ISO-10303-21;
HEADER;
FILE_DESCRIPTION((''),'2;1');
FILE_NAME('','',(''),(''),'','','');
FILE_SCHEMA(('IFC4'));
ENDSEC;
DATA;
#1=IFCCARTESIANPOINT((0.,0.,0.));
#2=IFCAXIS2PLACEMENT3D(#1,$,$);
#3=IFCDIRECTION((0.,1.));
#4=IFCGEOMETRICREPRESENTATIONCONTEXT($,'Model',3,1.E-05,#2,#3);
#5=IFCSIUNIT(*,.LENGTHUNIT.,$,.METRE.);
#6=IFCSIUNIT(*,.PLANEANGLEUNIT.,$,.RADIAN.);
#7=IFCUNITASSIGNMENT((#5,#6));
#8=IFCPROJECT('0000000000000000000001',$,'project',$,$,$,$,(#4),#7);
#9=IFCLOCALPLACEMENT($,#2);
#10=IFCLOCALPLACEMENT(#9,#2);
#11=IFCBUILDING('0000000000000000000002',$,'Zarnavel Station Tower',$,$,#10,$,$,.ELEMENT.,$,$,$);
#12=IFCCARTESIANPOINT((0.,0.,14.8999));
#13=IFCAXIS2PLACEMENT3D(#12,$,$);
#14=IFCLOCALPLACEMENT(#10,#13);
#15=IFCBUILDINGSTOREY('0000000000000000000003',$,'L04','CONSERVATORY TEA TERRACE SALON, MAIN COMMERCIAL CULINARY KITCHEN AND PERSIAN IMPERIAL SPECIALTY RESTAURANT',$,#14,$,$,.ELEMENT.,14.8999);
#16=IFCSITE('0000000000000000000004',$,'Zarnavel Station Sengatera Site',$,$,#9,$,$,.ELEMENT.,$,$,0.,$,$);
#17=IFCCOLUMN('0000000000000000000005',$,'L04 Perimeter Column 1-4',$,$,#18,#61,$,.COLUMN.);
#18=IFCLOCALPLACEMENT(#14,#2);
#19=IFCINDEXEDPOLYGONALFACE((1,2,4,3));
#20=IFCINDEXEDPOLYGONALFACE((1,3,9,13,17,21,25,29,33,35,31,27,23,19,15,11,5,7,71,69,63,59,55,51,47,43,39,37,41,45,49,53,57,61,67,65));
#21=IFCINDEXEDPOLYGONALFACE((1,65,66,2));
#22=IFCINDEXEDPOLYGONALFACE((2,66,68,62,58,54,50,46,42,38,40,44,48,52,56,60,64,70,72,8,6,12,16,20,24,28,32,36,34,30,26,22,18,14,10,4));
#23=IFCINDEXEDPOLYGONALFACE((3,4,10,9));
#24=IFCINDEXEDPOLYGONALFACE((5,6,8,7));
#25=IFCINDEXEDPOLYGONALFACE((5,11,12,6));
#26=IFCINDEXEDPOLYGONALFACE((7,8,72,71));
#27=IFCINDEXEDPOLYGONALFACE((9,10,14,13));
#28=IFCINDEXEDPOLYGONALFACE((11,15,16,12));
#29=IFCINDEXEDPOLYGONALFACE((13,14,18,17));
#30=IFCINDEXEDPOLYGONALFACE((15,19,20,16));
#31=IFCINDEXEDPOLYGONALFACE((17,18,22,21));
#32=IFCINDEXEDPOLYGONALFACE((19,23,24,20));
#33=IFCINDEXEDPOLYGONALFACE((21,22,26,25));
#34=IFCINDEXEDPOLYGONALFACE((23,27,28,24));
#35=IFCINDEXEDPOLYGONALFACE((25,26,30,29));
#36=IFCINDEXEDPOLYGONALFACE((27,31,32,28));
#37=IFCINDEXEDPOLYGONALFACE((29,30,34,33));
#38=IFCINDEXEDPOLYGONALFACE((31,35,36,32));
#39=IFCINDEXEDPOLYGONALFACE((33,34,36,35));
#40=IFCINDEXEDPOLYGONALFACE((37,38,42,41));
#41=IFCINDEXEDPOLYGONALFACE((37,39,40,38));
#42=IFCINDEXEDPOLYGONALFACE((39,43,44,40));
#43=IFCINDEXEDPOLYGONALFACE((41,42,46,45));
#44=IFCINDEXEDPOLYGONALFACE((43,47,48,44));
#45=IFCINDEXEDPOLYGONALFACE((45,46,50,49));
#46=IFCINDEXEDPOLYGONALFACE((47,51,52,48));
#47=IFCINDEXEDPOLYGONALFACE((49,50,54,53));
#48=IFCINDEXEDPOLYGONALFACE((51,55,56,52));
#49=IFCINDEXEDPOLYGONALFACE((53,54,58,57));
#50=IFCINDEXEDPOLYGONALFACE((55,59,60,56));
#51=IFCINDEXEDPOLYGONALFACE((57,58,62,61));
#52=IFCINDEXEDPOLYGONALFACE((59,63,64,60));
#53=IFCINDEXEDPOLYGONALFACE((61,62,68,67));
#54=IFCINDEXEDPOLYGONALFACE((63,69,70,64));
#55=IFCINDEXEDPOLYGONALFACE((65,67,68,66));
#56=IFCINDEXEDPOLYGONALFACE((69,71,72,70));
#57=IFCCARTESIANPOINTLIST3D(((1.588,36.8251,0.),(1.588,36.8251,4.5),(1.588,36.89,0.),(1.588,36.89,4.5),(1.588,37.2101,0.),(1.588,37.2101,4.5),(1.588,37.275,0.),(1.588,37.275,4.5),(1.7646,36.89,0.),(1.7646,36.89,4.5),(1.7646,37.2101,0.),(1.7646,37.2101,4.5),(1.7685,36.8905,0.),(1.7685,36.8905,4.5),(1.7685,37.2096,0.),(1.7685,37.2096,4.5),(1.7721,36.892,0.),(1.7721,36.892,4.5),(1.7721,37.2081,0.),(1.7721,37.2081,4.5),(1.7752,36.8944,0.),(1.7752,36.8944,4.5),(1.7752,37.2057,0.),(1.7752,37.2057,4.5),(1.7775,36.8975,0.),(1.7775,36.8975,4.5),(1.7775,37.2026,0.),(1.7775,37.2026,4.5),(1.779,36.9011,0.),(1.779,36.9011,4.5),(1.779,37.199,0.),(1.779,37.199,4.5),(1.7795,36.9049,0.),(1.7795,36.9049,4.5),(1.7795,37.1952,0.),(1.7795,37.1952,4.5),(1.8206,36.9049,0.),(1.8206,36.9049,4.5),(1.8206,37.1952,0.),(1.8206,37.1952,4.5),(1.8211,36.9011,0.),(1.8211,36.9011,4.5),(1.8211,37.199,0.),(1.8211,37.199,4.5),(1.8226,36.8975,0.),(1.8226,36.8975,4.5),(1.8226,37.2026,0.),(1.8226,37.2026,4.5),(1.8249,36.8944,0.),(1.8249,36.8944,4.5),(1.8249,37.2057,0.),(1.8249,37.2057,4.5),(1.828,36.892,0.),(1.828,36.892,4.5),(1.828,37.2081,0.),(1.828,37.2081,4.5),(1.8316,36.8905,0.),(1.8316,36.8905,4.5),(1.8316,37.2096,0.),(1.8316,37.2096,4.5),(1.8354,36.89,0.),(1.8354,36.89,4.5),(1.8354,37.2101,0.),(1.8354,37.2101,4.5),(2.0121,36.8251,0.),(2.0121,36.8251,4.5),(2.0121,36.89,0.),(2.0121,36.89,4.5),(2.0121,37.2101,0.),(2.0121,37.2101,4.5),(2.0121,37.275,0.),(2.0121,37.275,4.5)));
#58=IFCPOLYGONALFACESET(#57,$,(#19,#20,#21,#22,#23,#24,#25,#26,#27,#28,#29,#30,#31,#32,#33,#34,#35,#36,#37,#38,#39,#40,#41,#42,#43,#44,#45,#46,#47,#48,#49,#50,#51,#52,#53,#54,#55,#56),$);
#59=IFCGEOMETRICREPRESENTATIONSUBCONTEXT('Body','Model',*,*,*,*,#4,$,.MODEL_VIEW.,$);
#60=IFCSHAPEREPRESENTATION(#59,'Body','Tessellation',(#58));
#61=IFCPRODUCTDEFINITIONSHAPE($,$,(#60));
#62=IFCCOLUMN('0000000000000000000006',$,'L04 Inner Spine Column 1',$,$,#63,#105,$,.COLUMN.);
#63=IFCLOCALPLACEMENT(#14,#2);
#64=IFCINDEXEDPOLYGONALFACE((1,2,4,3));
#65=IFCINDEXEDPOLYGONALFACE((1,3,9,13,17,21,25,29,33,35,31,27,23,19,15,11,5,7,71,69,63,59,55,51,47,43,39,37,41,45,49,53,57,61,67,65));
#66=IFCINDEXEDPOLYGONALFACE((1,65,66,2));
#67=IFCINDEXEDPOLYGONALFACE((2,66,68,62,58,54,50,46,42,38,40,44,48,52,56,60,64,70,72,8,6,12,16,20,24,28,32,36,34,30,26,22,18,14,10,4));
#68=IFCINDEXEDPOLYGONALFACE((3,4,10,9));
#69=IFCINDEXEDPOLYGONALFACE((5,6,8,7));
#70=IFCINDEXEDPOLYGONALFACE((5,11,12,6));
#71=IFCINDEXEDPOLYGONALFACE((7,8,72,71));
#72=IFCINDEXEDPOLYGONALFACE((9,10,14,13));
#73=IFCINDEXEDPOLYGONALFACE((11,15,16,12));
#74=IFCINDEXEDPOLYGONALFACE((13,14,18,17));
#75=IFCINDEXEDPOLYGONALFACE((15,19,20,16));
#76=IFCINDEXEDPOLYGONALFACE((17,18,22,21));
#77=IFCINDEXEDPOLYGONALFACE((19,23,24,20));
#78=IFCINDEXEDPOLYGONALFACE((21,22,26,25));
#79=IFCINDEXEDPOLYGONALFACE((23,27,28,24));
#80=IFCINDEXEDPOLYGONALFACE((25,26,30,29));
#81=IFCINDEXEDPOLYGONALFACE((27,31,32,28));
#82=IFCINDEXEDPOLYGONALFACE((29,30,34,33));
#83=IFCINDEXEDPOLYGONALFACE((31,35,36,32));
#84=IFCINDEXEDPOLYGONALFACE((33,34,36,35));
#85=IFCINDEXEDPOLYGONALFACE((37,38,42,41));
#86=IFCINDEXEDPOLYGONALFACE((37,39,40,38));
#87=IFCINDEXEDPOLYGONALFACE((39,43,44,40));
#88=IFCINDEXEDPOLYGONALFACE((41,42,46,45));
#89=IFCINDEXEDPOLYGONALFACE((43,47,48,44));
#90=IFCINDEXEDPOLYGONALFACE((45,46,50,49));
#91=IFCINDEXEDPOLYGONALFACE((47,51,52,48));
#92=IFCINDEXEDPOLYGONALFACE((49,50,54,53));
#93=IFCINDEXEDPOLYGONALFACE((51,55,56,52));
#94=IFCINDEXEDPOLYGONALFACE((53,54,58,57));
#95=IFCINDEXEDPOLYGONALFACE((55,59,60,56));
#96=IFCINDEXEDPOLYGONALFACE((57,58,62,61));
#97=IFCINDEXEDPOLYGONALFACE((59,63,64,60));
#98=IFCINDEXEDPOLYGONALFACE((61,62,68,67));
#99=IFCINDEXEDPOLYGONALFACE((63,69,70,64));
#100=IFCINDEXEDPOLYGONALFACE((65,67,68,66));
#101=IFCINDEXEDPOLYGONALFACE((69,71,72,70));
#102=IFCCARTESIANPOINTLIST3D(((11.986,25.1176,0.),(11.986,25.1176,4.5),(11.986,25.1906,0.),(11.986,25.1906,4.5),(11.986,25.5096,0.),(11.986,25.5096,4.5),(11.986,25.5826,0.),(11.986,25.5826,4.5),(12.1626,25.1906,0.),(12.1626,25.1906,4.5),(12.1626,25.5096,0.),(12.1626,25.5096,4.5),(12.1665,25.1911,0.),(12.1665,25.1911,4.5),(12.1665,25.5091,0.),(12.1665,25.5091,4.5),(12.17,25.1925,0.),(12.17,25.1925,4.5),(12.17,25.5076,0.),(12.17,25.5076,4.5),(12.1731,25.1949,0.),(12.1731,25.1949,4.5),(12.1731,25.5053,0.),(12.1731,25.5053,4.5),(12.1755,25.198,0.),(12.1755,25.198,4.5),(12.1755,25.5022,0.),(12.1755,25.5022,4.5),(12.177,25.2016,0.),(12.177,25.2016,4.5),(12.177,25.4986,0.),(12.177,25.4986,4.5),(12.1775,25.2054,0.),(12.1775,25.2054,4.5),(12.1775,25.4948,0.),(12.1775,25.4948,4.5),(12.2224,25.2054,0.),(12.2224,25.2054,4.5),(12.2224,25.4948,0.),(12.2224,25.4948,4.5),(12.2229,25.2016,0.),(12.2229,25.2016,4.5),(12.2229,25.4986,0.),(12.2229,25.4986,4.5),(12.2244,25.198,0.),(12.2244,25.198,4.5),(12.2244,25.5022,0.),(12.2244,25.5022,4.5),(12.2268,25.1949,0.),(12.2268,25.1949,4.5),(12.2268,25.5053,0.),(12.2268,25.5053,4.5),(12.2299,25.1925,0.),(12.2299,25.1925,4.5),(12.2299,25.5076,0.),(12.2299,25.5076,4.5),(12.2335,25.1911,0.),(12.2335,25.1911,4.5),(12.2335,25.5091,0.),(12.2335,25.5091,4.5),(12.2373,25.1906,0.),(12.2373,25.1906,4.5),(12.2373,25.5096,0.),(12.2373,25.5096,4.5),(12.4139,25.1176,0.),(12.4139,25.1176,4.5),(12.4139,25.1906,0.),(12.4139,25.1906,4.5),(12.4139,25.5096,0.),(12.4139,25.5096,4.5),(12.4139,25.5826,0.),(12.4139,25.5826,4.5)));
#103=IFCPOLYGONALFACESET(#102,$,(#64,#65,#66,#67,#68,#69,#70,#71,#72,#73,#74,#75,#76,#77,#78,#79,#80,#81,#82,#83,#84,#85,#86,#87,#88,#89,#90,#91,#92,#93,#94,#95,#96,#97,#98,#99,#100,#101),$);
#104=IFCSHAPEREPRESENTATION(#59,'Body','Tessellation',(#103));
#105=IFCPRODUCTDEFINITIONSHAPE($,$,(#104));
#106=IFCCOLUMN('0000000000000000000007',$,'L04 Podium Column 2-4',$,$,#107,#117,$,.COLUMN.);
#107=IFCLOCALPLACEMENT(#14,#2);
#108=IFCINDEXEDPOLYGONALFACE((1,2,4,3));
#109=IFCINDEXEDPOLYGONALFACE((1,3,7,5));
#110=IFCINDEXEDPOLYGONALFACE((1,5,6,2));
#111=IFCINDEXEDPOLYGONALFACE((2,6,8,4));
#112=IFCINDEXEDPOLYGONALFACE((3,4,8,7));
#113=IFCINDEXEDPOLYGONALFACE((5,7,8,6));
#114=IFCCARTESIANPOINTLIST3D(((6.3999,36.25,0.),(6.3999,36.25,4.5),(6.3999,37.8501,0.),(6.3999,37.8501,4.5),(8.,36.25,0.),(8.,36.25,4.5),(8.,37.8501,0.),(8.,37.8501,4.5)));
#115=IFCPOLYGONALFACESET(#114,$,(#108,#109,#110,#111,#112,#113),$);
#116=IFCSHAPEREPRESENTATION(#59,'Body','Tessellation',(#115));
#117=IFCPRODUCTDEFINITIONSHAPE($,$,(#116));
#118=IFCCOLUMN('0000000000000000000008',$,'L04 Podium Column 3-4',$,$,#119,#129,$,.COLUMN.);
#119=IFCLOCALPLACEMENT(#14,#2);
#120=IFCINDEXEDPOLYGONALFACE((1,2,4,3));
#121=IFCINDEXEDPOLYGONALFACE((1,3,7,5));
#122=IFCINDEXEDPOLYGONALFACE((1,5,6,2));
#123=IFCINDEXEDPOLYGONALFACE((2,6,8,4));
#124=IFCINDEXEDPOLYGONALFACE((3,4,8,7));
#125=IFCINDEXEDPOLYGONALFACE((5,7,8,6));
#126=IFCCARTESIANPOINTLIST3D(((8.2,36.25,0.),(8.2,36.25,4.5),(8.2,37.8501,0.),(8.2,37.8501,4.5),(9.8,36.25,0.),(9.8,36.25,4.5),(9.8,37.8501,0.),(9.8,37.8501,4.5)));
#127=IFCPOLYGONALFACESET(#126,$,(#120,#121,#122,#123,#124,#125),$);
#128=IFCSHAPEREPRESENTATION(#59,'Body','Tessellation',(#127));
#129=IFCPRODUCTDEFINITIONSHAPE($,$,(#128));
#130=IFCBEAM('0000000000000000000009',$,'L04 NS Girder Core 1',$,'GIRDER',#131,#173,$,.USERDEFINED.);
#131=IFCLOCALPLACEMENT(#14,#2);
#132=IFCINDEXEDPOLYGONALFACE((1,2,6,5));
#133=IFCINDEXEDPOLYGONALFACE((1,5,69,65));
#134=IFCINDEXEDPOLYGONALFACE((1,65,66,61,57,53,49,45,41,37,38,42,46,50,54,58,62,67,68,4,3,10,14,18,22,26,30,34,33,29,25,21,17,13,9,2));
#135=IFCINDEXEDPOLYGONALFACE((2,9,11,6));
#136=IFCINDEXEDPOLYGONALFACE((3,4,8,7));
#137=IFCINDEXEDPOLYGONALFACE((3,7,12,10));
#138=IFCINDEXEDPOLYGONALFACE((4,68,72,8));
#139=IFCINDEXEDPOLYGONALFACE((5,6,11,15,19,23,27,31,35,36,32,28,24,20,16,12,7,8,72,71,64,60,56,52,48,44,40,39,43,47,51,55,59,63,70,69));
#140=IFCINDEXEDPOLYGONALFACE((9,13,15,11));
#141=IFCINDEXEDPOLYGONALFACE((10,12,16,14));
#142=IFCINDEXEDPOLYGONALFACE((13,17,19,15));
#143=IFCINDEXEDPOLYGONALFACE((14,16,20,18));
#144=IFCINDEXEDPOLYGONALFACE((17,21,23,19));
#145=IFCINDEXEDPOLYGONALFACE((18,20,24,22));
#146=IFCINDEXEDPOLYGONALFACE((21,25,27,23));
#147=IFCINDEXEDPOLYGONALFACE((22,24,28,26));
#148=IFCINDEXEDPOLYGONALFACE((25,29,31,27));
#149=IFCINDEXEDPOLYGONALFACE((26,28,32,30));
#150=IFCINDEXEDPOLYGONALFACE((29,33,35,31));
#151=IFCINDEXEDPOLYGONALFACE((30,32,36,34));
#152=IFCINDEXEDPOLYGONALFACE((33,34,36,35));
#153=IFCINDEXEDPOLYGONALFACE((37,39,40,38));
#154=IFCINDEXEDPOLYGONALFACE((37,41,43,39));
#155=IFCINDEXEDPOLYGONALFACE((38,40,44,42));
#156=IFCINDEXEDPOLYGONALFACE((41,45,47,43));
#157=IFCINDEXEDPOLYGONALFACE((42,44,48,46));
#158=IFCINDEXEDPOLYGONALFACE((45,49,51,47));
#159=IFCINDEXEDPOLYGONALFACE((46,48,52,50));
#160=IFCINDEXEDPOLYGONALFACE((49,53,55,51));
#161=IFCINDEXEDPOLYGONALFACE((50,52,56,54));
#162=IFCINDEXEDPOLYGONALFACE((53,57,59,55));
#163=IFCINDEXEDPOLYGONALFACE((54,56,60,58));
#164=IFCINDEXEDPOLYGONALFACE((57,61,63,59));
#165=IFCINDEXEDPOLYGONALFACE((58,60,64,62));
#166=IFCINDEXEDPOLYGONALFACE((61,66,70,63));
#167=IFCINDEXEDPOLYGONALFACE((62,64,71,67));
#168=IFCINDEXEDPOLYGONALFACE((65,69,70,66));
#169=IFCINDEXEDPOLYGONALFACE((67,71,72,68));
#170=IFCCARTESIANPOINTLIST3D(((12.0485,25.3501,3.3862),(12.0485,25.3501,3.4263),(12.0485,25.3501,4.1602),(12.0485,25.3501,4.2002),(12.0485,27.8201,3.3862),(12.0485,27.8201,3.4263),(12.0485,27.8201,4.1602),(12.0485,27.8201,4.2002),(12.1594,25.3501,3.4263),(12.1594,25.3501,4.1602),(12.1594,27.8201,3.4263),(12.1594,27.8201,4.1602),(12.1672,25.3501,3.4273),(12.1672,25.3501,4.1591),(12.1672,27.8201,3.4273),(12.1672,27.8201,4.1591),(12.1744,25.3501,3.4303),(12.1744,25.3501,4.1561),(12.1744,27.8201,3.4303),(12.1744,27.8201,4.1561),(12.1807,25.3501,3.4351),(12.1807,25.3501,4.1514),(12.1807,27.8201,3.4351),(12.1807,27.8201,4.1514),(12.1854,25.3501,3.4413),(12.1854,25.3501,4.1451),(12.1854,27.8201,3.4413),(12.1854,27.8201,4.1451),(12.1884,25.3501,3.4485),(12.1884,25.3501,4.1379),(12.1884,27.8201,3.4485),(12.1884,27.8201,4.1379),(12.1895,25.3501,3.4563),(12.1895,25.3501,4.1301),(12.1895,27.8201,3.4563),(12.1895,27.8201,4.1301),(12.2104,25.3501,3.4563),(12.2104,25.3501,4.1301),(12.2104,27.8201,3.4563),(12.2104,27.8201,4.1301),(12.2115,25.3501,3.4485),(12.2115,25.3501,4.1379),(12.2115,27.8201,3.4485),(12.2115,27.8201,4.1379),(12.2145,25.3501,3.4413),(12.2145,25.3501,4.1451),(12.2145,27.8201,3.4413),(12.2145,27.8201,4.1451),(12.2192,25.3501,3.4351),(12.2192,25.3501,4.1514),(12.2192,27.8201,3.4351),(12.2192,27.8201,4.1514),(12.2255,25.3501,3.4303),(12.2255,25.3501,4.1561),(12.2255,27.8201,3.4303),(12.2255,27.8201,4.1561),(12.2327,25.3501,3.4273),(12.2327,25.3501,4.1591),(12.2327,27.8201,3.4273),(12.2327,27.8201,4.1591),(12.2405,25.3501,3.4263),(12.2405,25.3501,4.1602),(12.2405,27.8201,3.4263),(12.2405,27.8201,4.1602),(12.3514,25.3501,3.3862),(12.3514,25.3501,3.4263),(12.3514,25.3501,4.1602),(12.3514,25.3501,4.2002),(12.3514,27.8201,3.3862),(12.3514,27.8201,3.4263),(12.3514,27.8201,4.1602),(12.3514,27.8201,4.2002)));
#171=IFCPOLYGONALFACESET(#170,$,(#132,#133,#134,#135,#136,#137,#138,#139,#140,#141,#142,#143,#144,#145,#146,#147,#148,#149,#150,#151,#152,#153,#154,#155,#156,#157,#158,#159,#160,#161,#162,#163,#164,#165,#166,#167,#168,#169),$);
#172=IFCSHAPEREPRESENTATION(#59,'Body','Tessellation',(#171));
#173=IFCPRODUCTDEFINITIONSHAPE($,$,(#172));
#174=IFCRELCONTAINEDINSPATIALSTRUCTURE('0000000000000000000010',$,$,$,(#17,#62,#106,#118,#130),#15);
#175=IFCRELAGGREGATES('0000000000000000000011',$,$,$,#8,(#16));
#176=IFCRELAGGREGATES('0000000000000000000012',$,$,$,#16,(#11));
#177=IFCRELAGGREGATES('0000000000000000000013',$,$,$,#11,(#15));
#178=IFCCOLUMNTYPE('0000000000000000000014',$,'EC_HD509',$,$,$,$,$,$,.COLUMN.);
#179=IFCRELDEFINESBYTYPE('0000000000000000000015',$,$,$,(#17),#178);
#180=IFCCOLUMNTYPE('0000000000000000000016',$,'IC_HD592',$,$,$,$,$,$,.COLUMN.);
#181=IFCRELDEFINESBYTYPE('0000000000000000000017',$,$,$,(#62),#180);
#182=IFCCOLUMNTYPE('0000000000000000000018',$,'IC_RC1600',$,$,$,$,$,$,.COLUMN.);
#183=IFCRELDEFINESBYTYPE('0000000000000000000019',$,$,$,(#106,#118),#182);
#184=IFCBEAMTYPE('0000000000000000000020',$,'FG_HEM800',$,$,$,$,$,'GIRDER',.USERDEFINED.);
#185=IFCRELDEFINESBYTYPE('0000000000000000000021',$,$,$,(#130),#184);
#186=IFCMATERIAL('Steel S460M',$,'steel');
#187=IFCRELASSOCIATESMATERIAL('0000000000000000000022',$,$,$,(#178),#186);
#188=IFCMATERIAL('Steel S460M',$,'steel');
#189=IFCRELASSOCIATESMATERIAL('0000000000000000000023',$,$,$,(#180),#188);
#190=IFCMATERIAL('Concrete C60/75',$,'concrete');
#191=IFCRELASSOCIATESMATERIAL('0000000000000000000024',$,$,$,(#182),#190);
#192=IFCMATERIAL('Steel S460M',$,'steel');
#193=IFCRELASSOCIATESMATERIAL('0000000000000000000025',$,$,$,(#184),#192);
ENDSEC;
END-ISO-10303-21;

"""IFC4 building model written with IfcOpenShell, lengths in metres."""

from ifc_helpers import new_model, si_unit, direction, frame, origin, origin_2d, place, context, subcontext, project, spatial, rectangle, i_section, extrude, material, material_profile, profile_set, type_object, element, save


model = new_model("IFC4")

# Units and contexts
model_context = context("Model", 3, precision=1e-05, world=origin(), true_north=direction((0.0, 1.0)))
body_context = subcontext(model_context, "Body", "Model", "MODEL_VIEW")
ifc_project = project(units=[si_unit("LENGTHUNIT", "METRE"), si_unit("PLANEANGLEUNIT", "RADIAN")], contexts=[model_context])

# Site, building, storey
site_placement = place(None, origin())
site = spatial("IfcSite", under=ifc_project, at=site_placement, Name="Zarnavel Station Sengatera Site", CompositionType="ELEMENT", RefElevation=0.0)
building_placement = place(site_placement, origin())
building = spatial("IfcBuilding", under=site, at=building_placement, Name="Zarnavel Station Tower", CompositionType="ELEMENT")
storey_placement = place(building_placement, frame((0.0, 0.0, 14.8999)))
storey = spatial("IfcBuildingStorey", under=building, at=storey_placement, Name="L04", Description="CONSERVATORY TEA TERRACE SALON, MAIN COMMERCIAL CULINARY KITCHEN AND PERSIAN IMPERIAL SPECIALTY RESTAURANT", CompositionType="ELEMENT", Elevation=14.8999)

# Columns
ifc_material_1 = material(Name="Steel S460M", Category="steel")
ifc_material_profile_1 = material_profile(ifc_material_1, i_section(OverallWidth=0.4241, OverallDepth=0.45, WebThickness=0.041, FlangeThickness=0.0649, FilletRadius=0.0149, at=origin_2d()), Name="HD400x509")
ifc_profile_set_1 = profile_set([ifc_material_profile_1], Name="Steel S460M")
column_type_1 = type_object("IfcColumnType", Name="EC_HD509", PredefinedType="COLUMN", material=ifc_profile_set_1)
column_1_placement = place(storey_placement, frame((1.8, 37.05, 0.0), z_axis=(0.0, 0.0, 1.0), x_axis=(1.0, 0.0, 0.0)))
element("IfcColumn", 1, at=column_1_placement, inside=storey, type_object=column_type_1, Name="L04 Perimeter Column 1-4", PredefinedType="COLUMN", context=body_context, shape_type="SweptSolid", body=[
    extrude(i_section(OverallWidth=0.4241, OverallDepth=0.45, WebThickness=0.041, FlangeThickness=0.0649, FilletRadius=0.0149, at=origin_2d()), origin(), (0.0, 0.0, 1.0), 4.5),
])
ifc_material_2 = material(Name="Steel S460M", Category="steel")
ifc_material_profile_2 = material_profile(ifc_material_2, i_section(OverallWidth=0.428, OverallDepth=0.4651, WebThickness=0.0449, FlangeThickness=0.073, FilletRadius=0.0149, at=origin_2d()), Name="HD400x592")
ifc_profile_set_2 = profile_set([ifc_material_profile_2], Name="Steel S460M")
column_type_2 = type_object("IfcColumnType", Name="IC_HD592", PredefinedType="COLUMN", material=ifc_profile_set_2)
column_2_placement = place(storey_placement, frame((12.2, 25.3501, 0.0), z_axis=(0.0, 0.0, 1.0), x_axis=(1.0, 0.0, 0.0)))
element("IfcColumn", 2, at=column_2_placement, inside=storey, type_object=column_type_2, Name="L04 Inner Spine Column 1", PredefinedType="COLUMN", context=body_context, shape_type="SweptSolid", body=[
    extrude(i_section(OverallWidth=0.428, OverallDepth=0.4651, WebThickness=0.0449, FlangeThickness=0.073, FilletRadius=0.0149, at=origin_2d()), origin(), (0.0, 0.0, 1.0), 4.5),
])
ifc_material_3 = material(Name="Concrete C60/75", Category="concrete")
ifc_material_profile_3 = material_profile(ifc_material_3, rectangle(XDim=1.6001, YDim=1.6001, at=origin_2d()), Name="RC1600x1600")
ifc_profile_set_3 = profile_set([ifc_material_profile_3], Name="Concrete C60/75")
column_type_3 = type_object("IfcColumnType", Name="IC_RC1600", PredefinedType="COLUMN", material=ifc_profile_set_3)
for number, where, z_axis, x_axis, name in (
    (3, (7.2, 37.05, 0.0), (0.0, 0.0, 1.0), (1.0, 0.0, 0.0), "L04 Podium Column 2-4"),
    (4, (9.0, 37.05, 0.0), (0.0, 0.0, 1.0), (1.0, 0.0, 0.0), "L04 Podium Column 3-4"),
):
    element("IfcColumn", number, at=place(storey_placement, frame(where, z_axis=z_axis, x_axis=x_axis)), inside=storey, type_object=column_type_3, Name=name, PredefinedType="COLUMN", context=body_context, shape_type="SweptSolid", body=[
        extrude(rectangle(XDim=1.6001, YDim=1.6001, at=origin_2d()), origin(), (0.0, 0.0, 1.0), 4.5),
    ])

# Beam
ifc_material_4 = material(Name="Steel S460M", Category="steel")
ifc_material_profile_4 = material_profile(ifc_material_4, i_section(OverallWidth=0.303, OverallDepth=0.814, WebThickness=0.021, FlangeThickness=0.04, FilletRadius=0.03, at=origin_2d()), Name="HEM800")
ifc_profile_set_4 = profile_set([ifc_material_profile_4], Name="Steel S460M")
beam_type = type_object("IfcBeamType", Name="FG_HEM800", ElementType="GIRDER", PredefinedType="USERDEFINED", material=ifc_profile_set_4)
beam_placement = place(storey_placement, frame((12.2, 25.3501, 3.7932), z_axis=(0.0, 1.0, 0.0), x_axis=(-1.0, 0.0, 0.0)))
element("IfcBeam", 5, at=beam_placement, inside=storey, type_object=beam_type, Name="L04 NS Girder Core 1", ObjectType="GIRDER", PredefinedType="USERDEFINED", context=body_context, shape_type="SweptSolid", body=[
    extrude(i_section(OverallWidth=0.303, OverallDepth=0.814, WebThickness=0.021, FlangeThickness=0.04, FilletRadius=0.03, at=origin_2d()), origin(), (0.0, 0.0, 1.0), 2.47),
])

save(model, "model.ifc")
